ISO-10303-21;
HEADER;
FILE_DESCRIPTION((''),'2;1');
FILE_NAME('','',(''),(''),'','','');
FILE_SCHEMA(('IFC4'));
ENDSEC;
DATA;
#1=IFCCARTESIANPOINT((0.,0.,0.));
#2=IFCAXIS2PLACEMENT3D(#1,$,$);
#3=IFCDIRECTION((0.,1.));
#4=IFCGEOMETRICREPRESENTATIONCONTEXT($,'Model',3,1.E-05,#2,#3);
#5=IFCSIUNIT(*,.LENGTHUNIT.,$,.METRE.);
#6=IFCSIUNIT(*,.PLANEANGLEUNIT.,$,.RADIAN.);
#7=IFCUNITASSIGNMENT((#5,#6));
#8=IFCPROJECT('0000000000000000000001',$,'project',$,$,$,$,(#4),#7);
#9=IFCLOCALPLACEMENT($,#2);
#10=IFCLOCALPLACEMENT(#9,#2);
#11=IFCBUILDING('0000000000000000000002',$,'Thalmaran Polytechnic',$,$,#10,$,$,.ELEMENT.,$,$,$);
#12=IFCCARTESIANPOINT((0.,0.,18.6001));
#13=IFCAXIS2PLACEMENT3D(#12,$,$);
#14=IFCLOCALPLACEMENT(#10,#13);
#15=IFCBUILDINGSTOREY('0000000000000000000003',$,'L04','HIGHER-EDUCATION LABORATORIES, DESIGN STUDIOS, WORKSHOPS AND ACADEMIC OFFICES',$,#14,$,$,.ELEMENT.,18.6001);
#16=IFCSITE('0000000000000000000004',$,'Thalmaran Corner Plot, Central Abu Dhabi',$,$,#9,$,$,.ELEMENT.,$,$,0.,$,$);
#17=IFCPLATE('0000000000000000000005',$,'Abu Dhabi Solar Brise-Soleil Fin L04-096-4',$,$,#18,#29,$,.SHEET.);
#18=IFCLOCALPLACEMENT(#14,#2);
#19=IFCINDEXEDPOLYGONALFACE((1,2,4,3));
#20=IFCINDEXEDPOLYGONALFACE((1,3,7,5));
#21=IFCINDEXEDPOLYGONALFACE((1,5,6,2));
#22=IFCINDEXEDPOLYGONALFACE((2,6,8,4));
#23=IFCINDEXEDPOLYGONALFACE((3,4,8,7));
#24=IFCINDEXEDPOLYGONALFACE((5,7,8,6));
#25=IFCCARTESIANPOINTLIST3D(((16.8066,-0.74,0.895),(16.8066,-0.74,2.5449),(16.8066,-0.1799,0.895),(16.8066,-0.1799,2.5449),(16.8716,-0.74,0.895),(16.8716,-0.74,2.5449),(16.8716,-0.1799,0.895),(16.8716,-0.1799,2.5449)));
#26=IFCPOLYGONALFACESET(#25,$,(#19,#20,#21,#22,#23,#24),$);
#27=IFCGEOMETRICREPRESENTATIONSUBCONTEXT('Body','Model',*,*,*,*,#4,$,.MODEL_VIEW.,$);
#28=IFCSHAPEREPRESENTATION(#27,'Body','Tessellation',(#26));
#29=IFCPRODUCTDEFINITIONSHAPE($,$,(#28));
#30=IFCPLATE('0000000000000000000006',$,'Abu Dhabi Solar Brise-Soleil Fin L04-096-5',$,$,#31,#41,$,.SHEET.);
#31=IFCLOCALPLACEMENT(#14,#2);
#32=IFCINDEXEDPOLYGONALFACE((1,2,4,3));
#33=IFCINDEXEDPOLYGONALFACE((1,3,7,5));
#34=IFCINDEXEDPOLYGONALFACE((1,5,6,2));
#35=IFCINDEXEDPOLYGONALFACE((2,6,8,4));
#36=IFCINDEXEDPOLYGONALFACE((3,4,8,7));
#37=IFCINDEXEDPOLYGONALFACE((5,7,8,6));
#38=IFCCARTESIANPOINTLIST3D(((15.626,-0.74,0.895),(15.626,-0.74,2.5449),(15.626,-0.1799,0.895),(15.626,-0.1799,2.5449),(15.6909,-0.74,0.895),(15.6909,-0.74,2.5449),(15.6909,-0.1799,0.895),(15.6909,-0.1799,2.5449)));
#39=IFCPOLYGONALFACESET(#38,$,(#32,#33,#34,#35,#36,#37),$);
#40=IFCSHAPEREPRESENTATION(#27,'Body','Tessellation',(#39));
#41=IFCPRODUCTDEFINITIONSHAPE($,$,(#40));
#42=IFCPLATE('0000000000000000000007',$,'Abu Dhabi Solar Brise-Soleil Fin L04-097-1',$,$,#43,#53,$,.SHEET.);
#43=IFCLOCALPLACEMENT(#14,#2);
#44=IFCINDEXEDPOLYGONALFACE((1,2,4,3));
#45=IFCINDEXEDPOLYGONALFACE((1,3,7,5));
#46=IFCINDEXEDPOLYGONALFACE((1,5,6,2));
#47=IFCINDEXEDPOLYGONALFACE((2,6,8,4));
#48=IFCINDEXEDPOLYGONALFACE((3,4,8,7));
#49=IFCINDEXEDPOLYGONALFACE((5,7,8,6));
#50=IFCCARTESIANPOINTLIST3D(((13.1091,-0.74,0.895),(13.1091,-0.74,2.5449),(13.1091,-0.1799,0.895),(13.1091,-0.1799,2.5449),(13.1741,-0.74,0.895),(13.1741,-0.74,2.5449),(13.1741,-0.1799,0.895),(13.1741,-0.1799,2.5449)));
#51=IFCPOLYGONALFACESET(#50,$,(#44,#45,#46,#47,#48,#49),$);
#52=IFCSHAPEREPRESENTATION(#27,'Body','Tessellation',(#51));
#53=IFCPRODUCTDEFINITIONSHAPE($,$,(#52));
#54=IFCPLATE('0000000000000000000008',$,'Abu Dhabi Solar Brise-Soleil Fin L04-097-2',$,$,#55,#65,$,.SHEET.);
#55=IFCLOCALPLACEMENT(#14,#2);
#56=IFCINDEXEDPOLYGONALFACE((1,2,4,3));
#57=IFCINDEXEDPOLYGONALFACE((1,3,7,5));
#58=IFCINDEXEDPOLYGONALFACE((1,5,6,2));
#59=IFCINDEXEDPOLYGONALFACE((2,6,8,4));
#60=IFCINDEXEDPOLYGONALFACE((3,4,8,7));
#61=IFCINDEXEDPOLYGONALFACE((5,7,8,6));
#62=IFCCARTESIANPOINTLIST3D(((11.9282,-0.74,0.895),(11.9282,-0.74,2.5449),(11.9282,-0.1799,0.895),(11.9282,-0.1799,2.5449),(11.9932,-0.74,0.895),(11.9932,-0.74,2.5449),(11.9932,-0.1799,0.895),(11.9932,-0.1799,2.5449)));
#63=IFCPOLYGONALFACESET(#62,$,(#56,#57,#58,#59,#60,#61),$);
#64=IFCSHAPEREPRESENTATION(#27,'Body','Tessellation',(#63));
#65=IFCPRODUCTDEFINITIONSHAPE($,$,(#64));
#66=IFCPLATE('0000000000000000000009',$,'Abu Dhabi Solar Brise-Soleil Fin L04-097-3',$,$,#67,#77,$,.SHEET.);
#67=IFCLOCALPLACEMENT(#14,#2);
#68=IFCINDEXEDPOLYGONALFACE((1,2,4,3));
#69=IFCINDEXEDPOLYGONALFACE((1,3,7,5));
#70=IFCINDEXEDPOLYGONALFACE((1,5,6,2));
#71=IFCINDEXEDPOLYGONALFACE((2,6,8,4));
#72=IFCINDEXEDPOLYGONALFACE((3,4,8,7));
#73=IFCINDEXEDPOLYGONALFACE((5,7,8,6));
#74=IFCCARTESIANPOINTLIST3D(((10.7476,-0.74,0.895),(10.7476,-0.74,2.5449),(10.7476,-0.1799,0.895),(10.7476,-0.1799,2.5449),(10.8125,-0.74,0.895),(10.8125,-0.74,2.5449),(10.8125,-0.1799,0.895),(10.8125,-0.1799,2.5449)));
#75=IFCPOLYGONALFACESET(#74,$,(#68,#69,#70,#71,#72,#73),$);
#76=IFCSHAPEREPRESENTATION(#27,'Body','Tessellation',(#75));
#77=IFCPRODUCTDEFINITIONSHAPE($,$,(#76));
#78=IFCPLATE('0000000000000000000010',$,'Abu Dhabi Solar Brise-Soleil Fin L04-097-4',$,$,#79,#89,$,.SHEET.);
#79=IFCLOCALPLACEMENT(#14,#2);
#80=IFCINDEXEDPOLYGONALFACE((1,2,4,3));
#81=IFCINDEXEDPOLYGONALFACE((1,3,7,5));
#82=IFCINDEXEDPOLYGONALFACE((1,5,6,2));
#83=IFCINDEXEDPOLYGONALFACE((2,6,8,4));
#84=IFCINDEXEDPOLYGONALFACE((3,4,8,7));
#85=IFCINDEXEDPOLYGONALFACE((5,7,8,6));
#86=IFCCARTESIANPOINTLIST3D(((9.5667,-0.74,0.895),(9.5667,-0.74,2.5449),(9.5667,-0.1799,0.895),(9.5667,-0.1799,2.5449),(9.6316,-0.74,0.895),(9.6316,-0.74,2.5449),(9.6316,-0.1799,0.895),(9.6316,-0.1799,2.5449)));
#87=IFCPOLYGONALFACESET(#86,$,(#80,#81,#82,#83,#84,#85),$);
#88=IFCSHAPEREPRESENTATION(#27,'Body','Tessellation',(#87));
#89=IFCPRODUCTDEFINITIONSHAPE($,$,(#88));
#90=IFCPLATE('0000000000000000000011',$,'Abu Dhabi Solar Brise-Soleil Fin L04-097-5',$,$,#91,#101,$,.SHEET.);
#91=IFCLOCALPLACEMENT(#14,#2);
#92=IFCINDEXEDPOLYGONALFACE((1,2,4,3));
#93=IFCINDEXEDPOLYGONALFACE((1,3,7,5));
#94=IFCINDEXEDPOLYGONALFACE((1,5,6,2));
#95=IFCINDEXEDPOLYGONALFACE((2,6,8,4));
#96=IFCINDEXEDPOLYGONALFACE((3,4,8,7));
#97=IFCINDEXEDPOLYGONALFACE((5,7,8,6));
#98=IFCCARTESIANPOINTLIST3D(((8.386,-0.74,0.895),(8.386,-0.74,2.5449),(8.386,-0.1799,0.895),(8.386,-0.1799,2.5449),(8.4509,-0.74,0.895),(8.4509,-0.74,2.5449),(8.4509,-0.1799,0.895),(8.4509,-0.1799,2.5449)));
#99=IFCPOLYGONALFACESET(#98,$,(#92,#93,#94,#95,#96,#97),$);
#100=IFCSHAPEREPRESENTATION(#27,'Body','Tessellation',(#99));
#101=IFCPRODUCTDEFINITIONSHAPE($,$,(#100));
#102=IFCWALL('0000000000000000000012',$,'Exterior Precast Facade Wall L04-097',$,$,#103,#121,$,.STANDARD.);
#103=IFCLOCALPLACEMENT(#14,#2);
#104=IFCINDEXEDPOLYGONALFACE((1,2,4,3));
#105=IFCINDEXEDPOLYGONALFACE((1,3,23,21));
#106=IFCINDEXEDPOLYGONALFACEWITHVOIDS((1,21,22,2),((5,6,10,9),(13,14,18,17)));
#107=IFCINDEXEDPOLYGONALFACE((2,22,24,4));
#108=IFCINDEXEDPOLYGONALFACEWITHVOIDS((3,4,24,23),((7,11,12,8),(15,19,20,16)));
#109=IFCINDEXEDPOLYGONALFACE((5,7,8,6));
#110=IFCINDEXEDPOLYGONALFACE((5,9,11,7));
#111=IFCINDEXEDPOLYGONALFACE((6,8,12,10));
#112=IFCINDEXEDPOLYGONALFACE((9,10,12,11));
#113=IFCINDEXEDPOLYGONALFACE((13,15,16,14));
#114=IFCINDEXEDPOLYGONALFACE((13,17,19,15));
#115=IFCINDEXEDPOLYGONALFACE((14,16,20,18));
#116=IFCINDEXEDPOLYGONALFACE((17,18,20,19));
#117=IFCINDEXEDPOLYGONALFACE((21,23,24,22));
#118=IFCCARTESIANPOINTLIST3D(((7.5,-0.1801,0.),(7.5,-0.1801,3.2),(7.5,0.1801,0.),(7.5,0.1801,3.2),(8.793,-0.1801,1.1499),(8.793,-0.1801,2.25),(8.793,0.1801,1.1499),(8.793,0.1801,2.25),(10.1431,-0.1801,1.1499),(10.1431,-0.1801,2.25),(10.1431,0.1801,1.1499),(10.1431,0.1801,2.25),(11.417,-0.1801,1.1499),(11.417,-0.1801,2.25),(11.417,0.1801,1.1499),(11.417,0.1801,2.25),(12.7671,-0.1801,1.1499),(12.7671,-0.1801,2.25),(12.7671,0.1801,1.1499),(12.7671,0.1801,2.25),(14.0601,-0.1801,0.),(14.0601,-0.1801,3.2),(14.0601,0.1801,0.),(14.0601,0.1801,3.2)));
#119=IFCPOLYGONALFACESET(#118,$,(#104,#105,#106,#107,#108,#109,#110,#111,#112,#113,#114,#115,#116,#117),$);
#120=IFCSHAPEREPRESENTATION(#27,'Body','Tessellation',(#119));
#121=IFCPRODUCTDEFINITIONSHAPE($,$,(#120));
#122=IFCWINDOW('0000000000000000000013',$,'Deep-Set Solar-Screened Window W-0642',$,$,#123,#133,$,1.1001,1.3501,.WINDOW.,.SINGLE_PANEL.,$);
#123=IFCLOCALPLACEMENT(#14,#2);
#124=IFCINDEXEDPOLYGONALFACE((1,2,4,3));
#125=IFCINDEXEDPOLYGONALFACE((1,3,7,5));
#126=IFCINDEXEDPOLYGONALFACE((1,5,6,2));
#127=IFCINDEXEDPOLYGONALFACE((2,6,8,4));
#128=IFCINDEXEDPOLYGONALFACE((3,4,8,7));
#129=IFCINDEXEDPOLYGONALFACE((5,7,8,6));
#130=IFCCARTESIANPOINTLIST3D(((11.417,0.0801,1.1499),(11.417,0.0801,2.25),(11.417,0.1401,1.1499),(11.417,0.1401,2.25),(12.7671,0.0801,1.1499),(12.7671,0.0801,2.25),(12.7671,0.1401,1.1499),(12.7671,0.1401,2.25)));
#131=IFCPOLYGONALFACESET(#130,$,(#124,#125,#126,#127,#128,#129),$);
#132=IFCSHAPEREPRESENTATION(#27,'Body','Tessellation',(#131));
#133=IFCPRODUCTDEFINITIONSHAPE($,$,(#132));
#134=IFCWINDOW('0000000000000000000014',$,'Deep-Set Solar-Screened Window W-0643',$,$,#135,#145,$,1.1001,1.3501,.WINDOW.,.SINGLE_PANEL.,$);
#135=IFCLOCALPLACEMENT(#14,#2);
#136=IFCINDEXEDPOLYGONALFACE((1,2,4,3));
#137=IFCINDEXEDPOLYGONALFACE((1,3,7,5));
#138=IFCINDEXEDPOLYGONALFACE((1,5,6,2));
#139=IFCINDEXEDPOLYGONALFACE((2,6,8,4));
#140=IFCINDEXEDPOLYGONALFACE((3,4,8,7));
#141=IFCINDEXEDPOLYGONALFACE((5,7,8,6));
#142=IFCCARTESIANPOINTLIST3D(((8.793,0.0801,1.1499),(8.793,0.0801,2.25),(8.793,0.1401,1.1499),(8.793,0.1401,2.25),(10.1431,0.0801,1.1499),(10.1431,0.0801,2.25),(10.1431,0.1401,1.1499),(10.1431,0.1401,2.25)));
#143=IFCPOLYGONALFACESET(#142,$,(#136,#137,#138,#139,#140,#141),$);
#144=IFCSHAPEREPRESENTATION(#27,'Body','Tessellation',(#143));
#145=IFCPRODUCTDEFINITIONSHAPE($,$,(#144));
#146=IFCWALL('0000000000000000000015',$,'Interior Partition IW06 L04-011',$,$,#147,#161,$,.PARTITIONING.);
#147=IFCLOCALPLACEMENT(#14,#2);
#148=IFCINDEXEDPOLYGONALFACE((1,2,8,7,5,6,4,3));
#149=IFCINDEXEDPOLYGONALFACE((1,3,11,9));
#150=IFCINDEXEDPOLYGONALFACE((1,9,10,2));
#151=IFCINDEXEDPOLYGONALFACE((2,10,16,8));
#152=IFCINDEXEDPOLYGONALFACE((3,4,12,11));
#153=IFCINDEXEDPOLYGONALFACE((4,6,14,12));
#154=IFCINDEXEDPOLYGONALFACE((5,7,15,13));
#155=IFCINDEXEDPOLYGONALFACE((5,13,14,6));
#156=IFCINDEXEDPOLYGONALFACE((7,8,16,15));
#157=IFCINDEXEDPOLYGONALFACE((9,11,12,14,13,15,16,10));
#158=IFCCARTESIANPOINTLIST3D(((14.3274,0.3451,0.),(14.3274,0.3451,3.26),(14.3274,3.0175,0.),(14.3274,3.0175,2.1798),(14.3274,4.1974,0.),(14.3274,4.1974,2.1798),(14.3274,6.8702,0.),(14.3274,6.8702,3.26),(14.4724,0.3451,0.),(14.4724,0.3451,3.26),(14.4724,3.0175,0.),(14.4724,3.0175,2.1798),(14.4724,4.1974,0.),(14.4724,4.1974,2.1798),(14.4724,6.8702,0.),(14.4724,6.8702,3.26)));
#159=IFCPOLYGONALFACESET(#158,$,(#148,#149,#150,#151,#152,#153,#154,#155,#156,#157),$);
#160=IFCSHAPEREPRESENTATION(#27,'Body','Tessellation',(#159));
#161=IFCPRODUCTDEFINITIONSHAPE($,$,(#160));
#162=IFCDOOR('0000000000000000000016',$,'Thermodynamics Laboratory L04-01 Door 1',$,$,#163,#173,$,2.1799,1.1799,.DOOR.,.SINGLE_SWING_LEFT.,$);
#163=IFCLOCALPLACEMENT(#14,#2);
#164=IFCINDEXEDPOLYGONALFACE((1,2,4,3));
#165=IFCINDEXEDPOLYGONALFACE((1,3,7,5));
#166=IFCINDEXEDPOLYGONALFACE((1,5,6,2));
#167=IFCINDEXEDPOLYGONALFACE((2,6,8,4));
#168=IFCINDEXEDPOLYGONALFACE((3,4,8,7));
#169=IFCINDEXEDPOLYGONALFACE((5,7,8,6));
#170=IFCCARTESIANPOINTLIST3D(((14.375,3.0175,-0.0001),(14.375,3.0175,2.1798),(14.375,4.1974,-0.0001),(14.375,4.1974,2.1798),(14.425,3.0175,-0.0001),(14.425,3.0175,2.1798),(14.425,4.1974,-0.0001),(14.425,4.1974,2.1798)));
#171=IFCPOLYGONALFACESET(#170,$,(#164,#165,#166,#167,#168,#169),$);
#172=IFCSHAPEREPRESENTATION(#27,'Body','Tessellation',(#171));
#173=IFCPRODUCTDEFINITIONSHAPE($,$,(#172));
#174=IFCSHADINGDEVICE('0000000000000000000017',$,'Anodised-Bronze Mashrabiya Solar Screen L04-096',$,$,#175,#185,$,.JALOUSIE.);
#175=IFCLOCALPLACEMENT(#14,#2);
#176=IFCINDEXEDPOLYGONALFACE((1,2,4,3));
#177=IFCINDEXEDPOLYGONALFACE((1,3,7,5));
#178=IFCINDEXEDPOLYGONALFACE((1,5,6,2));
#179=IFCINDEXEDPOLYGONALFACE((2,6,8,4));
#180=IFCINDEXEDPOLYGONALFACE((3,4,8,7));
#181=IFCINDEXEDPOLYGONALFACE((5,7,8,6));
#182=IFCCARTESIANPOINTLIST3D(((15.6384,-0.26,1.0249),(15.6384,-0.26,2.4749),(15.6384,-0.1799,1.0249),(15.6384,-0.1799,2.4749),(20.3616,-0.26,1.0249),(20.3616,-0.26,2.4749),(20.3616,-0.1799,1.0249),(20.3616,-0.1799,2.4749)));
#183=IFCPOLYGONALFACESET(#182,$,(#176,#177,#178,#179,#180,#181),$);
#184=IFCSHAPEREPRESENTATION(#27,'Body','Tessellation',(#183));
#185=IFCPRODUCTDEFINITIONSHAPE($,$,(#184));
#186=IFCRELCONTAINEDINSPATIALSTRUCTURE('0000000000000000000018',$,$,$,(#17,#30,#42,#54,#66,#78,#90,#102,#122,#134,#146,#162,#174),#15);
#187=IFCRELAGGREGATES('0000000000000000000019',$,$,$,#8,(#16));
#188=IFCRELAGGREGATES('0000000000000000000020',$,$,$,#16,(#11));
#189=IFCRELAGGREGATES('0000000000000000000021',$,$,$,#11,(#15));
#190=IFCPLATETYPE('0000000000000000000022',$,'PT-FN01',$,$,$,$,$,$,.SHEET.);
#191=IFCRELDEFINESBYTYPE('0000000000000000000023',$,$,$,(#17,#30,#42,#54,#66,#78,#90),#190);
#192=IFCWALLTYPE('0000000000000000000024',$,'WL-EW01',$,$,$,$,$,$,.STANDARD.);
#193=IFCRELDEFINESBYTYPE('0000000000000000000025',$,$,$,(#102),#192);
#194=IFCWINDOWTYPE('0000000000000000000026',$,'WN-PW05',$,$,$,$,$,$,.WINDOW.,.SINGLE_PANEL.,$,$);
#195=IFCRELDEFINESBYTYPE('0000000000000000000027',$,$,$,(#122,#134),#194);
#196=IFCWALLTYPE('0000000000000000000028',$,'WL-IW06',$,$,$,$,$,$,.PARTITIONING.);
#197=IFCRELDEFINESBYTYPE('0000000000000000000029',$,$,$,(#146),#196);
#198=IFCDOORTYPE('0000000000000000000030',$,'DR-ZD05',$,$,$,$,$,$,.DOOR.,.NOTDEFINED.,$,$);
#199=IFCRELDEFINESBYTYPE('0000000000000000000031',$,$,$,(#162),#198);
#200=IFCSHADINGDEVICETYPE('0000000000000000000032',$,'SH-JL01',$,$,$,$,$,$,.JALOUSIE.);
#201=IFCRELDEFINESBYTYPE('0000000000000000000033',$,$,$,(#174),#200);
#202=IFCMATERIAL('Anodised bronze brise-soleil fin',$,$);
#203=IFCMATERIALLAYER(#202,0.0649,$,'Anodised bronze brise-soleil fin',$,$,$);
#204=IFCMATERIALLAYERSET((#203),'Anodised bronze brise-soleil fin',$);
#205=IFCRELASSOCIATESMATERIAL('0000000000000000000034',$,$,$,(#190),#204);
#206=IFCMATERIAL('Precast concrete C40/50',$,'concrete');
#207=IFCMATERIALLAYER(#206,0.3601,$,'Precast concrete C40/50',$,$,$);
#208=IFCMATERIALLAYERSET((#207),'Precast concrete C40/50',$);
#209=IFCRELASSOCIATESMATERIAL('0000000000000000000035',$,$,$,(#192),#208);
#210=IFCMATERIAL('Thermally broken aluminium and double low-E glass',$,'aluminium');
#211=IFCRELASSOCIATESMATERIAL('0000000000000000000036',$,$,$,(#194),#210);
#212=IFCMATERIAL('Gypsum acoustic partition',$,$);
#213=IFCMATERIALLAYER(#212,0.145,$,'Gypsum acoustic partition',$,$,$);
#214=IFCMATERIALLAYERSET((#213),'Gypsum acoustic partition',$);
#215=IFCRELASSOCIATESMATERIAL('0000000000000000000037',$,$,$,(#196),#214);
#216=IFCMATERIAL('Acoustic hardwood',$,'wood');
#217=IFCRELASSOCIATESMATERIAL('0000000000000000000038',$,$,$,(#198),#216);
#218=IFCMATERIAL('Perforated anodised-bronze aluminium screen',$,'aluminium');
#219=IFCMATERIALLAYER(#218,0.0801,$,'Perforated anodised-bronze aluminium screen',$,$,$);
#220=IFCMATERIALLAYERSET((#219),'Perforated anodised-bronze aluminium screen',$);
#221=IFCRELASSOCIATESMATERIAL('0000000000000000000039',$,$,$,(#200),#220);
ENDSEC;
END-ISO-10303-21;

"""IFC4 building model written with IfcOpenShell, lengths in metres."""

from ifc_helpers import new_model, si_unit, direction, frame, frame_2d, origin, origin_2d, place, context, subcontext, project, spatial, rectangle, extrude, material, layer, layer_set, type_object, element, fill, save


model = new_model("IFC4")

# Units and contexts
model_context = context("Model", 3, precision=1e-05, world=origin(), true_north=direction((0.0, 1.0)))
body_context = subcontext(model_context, "Body", "Model", "MODEL_VIEW")
ifc_project = project(units=[si_unit("LENGTHUNIT", "METRE"), si_unit("PLANEANGLEUNIT", "RADIAN")], contexts=[model_context])

# Site, building, storey
site_placement = place(None, origin())
site = spatial("IfcSite", under=ifc_project, at=site_placement, Name="Thalmaran Corner Plot, Central Abu Dhabi", CompositionType="ELEMENT", RefElevation=0.0)
building_placement = place(site_placement, origin())
building = spatial("IfcBuilding", under=site, at=building_placement, Name="Thalmaran Polytechnic", CompositionType="ELEMENT")
storey_placement = place(building_placement, frame((0.0, 0.0, 18.6001)))
storey = spatial("IfcBuildingStorey", under=building, at=storey_placement, Name="L04", Description="HIGHER-EDUCATION LABORATORIES, DESIGN STUDIOS, WORKSHOPS AND ACADEMIC OFFICES", CompositionType="ELEMENT", Elevation=18.6001)

# Plates
ifc_material_1 = material(Name="Anodised bronze brise-soleil fin")
ifc_layer_1 = layer(ifc_material_1, 0.0649, Name="Anodised bronze brise-soleil fin")
ifc_layer_set_1 = layer_set([ifc_layer_1], Name="Anodised bronze brise-soleil fin")
plate_type_1 = type_object("IfcPlateType", Name="PT-FN01", PredefinedType="SHEET", material=ifc_layer_set_1)
for number, where, z_axis, x_axis, name in (
    (1, (16.8391, -0.46, 0.895), (0.0, 0.0, 1.0), (-1.0, 0.0, 0.0), "Abu Dhabi Solar Brise-Soleil Fin L04-096-4"),
    (2, (15.6584, -0.46, 0.895), (0.0, 0.0, 1.0), (-1.0, 0.0, 0.0), "Abu Dhabi Solar Brise-Soleil Fin L04-096-5"),
    (3, (13.1416, -0.46, 0.895), (0.0, 0.0, 1.0), (-1.0, 0.0, 0.0), "Abu Dhabi Solar Brise-Soleil Fin L04-097-1"),
    (4, (11.9607, -0.46, 0.895), (0.0, 0.0, 1.0), (-1.0, 0.0, 0.0), "Abu Dhabi Solar Brise-Soleil Fin L04-097-2"),
    (5, (10.78, -0.46, 0.895), (0.0, 0.0, 1.0), (-1.0, 0.0, 0.0), "Abu Dhabi Solar Brise-Soleil Fin L04-097-3"),
    (6, (9.5991, -0.46, 0.895), (0.0, 0.0, 1.0), (-1.0, 0.0, 0.0), "Abu Dhabi Solar Brise-Soleil Fin L04-097-4"),
    (7, (8.4185, -0.46, 0.895), (0.0, 0.0, 1.0), (-1.0, 0.0, 0.0), "Abu Dhabi Solar Brise-Soleil Fin L04-097-5"),
):
    element("IfcPlate", number, at=place(storey_placement, frame(where, z_axis=z_axis, x_axis=x_axis)), inside=storey, type_object=plate_type_1, Name=name, PredefinedType="SHEET", context=body_context, shape_type="SweptSolid", body=[
        extrude(rectangle(XDim=0.0649, YDim=0.5601, at=origin_2d()), origin(), (0.0, 0.0, 1.0), 1.6499),
    ])

# Wall, openings, windows
ifc_material_2 = material(Name="Precast concrete C40/50", Category="concrete")
ifc_layer_2 = layer(ifc_material_2, 0.3601, Name="Precast concrete C40/50")
ifc_layer_set_2 = layer_set([ifc_layer_2], Name="Precast concrete C40/50")
wall_type_1 = type_object("IfcWallType", Name="WL-EW01", PredefinedType="STANDARD", material=ifc_layer_set_2)
wall_1_placement = place(storey_placement, frame((14.0601, 0.0, 0.0), z_axis=(0.0, 0.0, 1.0), x_axis=(-1.0, 0.0, 0.0)))
wall_1 = element("IfcWall", 8, at=wall_1_placement, inside=storey, type_object=wall_type_1, Name="Exterior Precast Facade Wall L04-097", PredefinedType="STANDARD", context=body_context, shape_type="SweptSolid", body=[
    extrude(rectangle(XDim=6.5601, YDim=0.3601, at=frame_2d((3.28, 0.0))), origin(), (0.0, 0.0, 1.0), 3.2),
])
opening_1_placement = place(wall_1_placement, frame((1.293, 0.0, 1.1499)))
opening_1 = element("IfcOpeningElement", 9, at=opening_1_placement, cuts=wall_1, PredefinedType="OPENING", context=body_context, shape_type="SweptSolid", body=[
    extrude(rectangle(XDim=1.3501, YDim=1.1001, at=frame_2d((0.675, 0.55))), frame((0.0, 0.1899, 0.0), z_axis=(0.0, -1.0, 0.0), x_axis=(1.0, 0.0, 0.0)), (0.0, 0.0, 1.0), 0.3801),
])
opening_2_placement = place(wall_1_placement, frame((3.917, 0.0, 1.1499)))
opening_2 = element("IfcOpeningElement", 10, at=opening_2_placement, cuts=wall_1, PredefinedType="OPENING", context=body_context, shape_type="SweptSolid", body=[
    extrude(rectangle(XDim=1.3501, YDim=1.1001, at=frame_2d((0.675, 0.55))), frame((0.0, 0.1899, 0.0), z_axis=(0.0, -1.0, 0.0), x_axis=(1.0, 0.0, 0.0)), (0.0, 0.0, 1.0), 0.3801),
])
ifc_material_3 = material(Name="Thermally broken aluminium and double low-E glass", Category="aluminium")
window_type = type_object("IfcWindowType", Name="WN-PW05", PartitioningType="SINGLE_PANEL", PredefinedType="WINDOW", material=ifc_material_3)
window_1_placement = place(opening_1_placement, origin())
window_1 = element("IfcWindow", 11, at=window_1_placement, inside=storey, type_object=window_type, Name="Deep-Set Solar-Screened Window W-0642", OverallHeight=1.1001, OverallWidth=1.3501, PartitioningType="SINGLE_PANEL", PredefinedType="WINDOW", context=body_context, shape_type="SweptSolid", body=[
    extrude(rectangle(XDim=1.3501, YDim=1.1001, at=frame_2d((0.675, 0.55))), frame((0.0, -0.0801, 0.0), z_axis=(0.0, -1.0, 0.0), x_axis=(1.0, 0.0, 0.0)), (0.0, 0.0, 1.0), 0.0601),
])
fill(opening_1, window_1)
window_2_placement = place(opening_2_placement, origin())
window_2 = element("IfcWindow", 12, at=window_2_placement, inside=storey, type_object=window_type, Name="Deep-Set Solar-Screened Window W-0643", OverallHeight=1.1001, OverallWidth=1.3501, PartitioningType="SINGLE_PANEL", PredefinedType="WINDOW", context=body_context, shape_type="SweptSolid", body=[
    extrude(rectangle(XDim=1.3501, YDim=1.1001, at=frame_2d((0.675, 0.55))), frame((0.0, -0.0801, 0.0), z_axis=(0.0, -1.0, 0.0), x_axis=(1.0, 0.0, 0.0)), (0.0, 0.0, 1.0), 0.0601),
])
fill(opening_2, window_2)

# Wall, opening, door
ifc_material_4 = material(Name="Gypsum acoustic partition")
ifc_layer_3 = layer(ifc_material_4, 0.145, Name="Gypsum acoustic partition")
ifc_layer_set_3 = layer_set([ifc_layer_3], Name="Gypsum acoustic partition")
wall_type_2 = type_object("IfcWallType", Name="WL-IW06", PredefinedType="PARTITIONING", material=ifc_layer_set_3)
wall_2_placement = place(storey_placement, frame((14.3999, 0.345, 0.0), z_axis=(0.0, 0.0, 1.0), x_axis=(0.0, 1.0, 0.0)))
wall_2 = element("IfcWall", 13, at=wall_2_placement, inside=storey, type_object=wall_type_2, Name="Interior Partition IW06 L04-011", PredefinedType="PARTITIONING", context=body_context, shape_type="SweptSolid", body=[
    extrude(rectangle(XDim=6.5251, YDim=0.145, at=frame_2d((3.2627, 0.0))), origin(), (0.0, 0.0, 1.0), 3.26),
])
opening_3_placement = place(wall_2_placement, frame((2.6726, 0.0, 0.0)))
opening_3 = element("IfcOpeningElement", 14, at=opening_3_placement, cuts=wall_2, PredefinedType="OPENING", context=body_context, shape_type="SweptSolid", body=[
    extrude(rectangle(XDim=1.1799, YDim=2.1799, at=frame_2d((0.5898, 1.0898))), frame((0.0, 0.0825, 0.0), z_axis=(0.0, -1.0, 0.0), x_axis=(1.0, 0.0, 0.0)), (0.0, 0.0, 1.0), 0.165),
])
ifc_material_5 = material(Name="Acoustic hardwood", Category="wood")
door_type = type_object("IfcDoorType", Name="DR-ZD05", OperationType="NOTDEFINED", PredefinedType="DOOR", material=ifc_material_5)
door_placement = place(opening_3_placement, origin())
door = element("IfcDoor", 15, at=door_placement, inside=storey, type_object=door_type, Name="Thermodynamics Laboratory L04-01 Door 1", OperationType="SINGLE_SWING_LEFT", OverallHeight=2.1799, OverallWidth=1.1799, PredefinedType="DOOR", context=body_context, shape_type="SweptSolid", body=[
    extrude(rectangle(XDim=1.1799, YDim=2.1799, at=frame_2d((0.5898, 1.0898))), frame((0.0, 0.0249, 0.0), z_axis=(0.0, -1.0, 0.0), x_axis=(1.0, 0.0, 0.0)), (0.0, 0.0, 1.0), 0.05),
])
fill(opening_3, door)

# Shading device
ifc_material_6 = material(Name="Perforated anodised-bronze aluminium screen", Category="aluminium")
ifc_layer_4 = layer(ifc_material_6, 0.0801, Name="Perforated anodised-bronze aluminium screen")
ifc_layer_set_4 = layer_set([ifc_layer_4], Name="Perforated anodised-bronze aluminium screen")
shading_device_type = type_object("IfcShadingDeviceType", Name="SH-JL01", PredefinedType="JALOUSIE", material=ifc_layer_set_4)
shading_device_1_placement = place(storey_placement, frame((18.0, -0.22, 1.0249), z_axis=(0.0, 0.0, 1.0), x_axis=(-1.0, 0.0, 0.0)))
element("IfcShadingDevice", 16, at=shading_device_1_placement, inside=storey, type_object=shading_device_type, Name="Anodised-Bronze Mashrabiya Solar Screen L04-096", PredefinedType="JALOUSIE", context=body_context, shape_type="SweptSolid", body=[
    extrude(rectangle(XDim=4.7231, YDim=0.0801, at=origin_2d()), origin(), (0.0, 0.0, 1.0), 1.45),
])

save(model, "model.ifc")
